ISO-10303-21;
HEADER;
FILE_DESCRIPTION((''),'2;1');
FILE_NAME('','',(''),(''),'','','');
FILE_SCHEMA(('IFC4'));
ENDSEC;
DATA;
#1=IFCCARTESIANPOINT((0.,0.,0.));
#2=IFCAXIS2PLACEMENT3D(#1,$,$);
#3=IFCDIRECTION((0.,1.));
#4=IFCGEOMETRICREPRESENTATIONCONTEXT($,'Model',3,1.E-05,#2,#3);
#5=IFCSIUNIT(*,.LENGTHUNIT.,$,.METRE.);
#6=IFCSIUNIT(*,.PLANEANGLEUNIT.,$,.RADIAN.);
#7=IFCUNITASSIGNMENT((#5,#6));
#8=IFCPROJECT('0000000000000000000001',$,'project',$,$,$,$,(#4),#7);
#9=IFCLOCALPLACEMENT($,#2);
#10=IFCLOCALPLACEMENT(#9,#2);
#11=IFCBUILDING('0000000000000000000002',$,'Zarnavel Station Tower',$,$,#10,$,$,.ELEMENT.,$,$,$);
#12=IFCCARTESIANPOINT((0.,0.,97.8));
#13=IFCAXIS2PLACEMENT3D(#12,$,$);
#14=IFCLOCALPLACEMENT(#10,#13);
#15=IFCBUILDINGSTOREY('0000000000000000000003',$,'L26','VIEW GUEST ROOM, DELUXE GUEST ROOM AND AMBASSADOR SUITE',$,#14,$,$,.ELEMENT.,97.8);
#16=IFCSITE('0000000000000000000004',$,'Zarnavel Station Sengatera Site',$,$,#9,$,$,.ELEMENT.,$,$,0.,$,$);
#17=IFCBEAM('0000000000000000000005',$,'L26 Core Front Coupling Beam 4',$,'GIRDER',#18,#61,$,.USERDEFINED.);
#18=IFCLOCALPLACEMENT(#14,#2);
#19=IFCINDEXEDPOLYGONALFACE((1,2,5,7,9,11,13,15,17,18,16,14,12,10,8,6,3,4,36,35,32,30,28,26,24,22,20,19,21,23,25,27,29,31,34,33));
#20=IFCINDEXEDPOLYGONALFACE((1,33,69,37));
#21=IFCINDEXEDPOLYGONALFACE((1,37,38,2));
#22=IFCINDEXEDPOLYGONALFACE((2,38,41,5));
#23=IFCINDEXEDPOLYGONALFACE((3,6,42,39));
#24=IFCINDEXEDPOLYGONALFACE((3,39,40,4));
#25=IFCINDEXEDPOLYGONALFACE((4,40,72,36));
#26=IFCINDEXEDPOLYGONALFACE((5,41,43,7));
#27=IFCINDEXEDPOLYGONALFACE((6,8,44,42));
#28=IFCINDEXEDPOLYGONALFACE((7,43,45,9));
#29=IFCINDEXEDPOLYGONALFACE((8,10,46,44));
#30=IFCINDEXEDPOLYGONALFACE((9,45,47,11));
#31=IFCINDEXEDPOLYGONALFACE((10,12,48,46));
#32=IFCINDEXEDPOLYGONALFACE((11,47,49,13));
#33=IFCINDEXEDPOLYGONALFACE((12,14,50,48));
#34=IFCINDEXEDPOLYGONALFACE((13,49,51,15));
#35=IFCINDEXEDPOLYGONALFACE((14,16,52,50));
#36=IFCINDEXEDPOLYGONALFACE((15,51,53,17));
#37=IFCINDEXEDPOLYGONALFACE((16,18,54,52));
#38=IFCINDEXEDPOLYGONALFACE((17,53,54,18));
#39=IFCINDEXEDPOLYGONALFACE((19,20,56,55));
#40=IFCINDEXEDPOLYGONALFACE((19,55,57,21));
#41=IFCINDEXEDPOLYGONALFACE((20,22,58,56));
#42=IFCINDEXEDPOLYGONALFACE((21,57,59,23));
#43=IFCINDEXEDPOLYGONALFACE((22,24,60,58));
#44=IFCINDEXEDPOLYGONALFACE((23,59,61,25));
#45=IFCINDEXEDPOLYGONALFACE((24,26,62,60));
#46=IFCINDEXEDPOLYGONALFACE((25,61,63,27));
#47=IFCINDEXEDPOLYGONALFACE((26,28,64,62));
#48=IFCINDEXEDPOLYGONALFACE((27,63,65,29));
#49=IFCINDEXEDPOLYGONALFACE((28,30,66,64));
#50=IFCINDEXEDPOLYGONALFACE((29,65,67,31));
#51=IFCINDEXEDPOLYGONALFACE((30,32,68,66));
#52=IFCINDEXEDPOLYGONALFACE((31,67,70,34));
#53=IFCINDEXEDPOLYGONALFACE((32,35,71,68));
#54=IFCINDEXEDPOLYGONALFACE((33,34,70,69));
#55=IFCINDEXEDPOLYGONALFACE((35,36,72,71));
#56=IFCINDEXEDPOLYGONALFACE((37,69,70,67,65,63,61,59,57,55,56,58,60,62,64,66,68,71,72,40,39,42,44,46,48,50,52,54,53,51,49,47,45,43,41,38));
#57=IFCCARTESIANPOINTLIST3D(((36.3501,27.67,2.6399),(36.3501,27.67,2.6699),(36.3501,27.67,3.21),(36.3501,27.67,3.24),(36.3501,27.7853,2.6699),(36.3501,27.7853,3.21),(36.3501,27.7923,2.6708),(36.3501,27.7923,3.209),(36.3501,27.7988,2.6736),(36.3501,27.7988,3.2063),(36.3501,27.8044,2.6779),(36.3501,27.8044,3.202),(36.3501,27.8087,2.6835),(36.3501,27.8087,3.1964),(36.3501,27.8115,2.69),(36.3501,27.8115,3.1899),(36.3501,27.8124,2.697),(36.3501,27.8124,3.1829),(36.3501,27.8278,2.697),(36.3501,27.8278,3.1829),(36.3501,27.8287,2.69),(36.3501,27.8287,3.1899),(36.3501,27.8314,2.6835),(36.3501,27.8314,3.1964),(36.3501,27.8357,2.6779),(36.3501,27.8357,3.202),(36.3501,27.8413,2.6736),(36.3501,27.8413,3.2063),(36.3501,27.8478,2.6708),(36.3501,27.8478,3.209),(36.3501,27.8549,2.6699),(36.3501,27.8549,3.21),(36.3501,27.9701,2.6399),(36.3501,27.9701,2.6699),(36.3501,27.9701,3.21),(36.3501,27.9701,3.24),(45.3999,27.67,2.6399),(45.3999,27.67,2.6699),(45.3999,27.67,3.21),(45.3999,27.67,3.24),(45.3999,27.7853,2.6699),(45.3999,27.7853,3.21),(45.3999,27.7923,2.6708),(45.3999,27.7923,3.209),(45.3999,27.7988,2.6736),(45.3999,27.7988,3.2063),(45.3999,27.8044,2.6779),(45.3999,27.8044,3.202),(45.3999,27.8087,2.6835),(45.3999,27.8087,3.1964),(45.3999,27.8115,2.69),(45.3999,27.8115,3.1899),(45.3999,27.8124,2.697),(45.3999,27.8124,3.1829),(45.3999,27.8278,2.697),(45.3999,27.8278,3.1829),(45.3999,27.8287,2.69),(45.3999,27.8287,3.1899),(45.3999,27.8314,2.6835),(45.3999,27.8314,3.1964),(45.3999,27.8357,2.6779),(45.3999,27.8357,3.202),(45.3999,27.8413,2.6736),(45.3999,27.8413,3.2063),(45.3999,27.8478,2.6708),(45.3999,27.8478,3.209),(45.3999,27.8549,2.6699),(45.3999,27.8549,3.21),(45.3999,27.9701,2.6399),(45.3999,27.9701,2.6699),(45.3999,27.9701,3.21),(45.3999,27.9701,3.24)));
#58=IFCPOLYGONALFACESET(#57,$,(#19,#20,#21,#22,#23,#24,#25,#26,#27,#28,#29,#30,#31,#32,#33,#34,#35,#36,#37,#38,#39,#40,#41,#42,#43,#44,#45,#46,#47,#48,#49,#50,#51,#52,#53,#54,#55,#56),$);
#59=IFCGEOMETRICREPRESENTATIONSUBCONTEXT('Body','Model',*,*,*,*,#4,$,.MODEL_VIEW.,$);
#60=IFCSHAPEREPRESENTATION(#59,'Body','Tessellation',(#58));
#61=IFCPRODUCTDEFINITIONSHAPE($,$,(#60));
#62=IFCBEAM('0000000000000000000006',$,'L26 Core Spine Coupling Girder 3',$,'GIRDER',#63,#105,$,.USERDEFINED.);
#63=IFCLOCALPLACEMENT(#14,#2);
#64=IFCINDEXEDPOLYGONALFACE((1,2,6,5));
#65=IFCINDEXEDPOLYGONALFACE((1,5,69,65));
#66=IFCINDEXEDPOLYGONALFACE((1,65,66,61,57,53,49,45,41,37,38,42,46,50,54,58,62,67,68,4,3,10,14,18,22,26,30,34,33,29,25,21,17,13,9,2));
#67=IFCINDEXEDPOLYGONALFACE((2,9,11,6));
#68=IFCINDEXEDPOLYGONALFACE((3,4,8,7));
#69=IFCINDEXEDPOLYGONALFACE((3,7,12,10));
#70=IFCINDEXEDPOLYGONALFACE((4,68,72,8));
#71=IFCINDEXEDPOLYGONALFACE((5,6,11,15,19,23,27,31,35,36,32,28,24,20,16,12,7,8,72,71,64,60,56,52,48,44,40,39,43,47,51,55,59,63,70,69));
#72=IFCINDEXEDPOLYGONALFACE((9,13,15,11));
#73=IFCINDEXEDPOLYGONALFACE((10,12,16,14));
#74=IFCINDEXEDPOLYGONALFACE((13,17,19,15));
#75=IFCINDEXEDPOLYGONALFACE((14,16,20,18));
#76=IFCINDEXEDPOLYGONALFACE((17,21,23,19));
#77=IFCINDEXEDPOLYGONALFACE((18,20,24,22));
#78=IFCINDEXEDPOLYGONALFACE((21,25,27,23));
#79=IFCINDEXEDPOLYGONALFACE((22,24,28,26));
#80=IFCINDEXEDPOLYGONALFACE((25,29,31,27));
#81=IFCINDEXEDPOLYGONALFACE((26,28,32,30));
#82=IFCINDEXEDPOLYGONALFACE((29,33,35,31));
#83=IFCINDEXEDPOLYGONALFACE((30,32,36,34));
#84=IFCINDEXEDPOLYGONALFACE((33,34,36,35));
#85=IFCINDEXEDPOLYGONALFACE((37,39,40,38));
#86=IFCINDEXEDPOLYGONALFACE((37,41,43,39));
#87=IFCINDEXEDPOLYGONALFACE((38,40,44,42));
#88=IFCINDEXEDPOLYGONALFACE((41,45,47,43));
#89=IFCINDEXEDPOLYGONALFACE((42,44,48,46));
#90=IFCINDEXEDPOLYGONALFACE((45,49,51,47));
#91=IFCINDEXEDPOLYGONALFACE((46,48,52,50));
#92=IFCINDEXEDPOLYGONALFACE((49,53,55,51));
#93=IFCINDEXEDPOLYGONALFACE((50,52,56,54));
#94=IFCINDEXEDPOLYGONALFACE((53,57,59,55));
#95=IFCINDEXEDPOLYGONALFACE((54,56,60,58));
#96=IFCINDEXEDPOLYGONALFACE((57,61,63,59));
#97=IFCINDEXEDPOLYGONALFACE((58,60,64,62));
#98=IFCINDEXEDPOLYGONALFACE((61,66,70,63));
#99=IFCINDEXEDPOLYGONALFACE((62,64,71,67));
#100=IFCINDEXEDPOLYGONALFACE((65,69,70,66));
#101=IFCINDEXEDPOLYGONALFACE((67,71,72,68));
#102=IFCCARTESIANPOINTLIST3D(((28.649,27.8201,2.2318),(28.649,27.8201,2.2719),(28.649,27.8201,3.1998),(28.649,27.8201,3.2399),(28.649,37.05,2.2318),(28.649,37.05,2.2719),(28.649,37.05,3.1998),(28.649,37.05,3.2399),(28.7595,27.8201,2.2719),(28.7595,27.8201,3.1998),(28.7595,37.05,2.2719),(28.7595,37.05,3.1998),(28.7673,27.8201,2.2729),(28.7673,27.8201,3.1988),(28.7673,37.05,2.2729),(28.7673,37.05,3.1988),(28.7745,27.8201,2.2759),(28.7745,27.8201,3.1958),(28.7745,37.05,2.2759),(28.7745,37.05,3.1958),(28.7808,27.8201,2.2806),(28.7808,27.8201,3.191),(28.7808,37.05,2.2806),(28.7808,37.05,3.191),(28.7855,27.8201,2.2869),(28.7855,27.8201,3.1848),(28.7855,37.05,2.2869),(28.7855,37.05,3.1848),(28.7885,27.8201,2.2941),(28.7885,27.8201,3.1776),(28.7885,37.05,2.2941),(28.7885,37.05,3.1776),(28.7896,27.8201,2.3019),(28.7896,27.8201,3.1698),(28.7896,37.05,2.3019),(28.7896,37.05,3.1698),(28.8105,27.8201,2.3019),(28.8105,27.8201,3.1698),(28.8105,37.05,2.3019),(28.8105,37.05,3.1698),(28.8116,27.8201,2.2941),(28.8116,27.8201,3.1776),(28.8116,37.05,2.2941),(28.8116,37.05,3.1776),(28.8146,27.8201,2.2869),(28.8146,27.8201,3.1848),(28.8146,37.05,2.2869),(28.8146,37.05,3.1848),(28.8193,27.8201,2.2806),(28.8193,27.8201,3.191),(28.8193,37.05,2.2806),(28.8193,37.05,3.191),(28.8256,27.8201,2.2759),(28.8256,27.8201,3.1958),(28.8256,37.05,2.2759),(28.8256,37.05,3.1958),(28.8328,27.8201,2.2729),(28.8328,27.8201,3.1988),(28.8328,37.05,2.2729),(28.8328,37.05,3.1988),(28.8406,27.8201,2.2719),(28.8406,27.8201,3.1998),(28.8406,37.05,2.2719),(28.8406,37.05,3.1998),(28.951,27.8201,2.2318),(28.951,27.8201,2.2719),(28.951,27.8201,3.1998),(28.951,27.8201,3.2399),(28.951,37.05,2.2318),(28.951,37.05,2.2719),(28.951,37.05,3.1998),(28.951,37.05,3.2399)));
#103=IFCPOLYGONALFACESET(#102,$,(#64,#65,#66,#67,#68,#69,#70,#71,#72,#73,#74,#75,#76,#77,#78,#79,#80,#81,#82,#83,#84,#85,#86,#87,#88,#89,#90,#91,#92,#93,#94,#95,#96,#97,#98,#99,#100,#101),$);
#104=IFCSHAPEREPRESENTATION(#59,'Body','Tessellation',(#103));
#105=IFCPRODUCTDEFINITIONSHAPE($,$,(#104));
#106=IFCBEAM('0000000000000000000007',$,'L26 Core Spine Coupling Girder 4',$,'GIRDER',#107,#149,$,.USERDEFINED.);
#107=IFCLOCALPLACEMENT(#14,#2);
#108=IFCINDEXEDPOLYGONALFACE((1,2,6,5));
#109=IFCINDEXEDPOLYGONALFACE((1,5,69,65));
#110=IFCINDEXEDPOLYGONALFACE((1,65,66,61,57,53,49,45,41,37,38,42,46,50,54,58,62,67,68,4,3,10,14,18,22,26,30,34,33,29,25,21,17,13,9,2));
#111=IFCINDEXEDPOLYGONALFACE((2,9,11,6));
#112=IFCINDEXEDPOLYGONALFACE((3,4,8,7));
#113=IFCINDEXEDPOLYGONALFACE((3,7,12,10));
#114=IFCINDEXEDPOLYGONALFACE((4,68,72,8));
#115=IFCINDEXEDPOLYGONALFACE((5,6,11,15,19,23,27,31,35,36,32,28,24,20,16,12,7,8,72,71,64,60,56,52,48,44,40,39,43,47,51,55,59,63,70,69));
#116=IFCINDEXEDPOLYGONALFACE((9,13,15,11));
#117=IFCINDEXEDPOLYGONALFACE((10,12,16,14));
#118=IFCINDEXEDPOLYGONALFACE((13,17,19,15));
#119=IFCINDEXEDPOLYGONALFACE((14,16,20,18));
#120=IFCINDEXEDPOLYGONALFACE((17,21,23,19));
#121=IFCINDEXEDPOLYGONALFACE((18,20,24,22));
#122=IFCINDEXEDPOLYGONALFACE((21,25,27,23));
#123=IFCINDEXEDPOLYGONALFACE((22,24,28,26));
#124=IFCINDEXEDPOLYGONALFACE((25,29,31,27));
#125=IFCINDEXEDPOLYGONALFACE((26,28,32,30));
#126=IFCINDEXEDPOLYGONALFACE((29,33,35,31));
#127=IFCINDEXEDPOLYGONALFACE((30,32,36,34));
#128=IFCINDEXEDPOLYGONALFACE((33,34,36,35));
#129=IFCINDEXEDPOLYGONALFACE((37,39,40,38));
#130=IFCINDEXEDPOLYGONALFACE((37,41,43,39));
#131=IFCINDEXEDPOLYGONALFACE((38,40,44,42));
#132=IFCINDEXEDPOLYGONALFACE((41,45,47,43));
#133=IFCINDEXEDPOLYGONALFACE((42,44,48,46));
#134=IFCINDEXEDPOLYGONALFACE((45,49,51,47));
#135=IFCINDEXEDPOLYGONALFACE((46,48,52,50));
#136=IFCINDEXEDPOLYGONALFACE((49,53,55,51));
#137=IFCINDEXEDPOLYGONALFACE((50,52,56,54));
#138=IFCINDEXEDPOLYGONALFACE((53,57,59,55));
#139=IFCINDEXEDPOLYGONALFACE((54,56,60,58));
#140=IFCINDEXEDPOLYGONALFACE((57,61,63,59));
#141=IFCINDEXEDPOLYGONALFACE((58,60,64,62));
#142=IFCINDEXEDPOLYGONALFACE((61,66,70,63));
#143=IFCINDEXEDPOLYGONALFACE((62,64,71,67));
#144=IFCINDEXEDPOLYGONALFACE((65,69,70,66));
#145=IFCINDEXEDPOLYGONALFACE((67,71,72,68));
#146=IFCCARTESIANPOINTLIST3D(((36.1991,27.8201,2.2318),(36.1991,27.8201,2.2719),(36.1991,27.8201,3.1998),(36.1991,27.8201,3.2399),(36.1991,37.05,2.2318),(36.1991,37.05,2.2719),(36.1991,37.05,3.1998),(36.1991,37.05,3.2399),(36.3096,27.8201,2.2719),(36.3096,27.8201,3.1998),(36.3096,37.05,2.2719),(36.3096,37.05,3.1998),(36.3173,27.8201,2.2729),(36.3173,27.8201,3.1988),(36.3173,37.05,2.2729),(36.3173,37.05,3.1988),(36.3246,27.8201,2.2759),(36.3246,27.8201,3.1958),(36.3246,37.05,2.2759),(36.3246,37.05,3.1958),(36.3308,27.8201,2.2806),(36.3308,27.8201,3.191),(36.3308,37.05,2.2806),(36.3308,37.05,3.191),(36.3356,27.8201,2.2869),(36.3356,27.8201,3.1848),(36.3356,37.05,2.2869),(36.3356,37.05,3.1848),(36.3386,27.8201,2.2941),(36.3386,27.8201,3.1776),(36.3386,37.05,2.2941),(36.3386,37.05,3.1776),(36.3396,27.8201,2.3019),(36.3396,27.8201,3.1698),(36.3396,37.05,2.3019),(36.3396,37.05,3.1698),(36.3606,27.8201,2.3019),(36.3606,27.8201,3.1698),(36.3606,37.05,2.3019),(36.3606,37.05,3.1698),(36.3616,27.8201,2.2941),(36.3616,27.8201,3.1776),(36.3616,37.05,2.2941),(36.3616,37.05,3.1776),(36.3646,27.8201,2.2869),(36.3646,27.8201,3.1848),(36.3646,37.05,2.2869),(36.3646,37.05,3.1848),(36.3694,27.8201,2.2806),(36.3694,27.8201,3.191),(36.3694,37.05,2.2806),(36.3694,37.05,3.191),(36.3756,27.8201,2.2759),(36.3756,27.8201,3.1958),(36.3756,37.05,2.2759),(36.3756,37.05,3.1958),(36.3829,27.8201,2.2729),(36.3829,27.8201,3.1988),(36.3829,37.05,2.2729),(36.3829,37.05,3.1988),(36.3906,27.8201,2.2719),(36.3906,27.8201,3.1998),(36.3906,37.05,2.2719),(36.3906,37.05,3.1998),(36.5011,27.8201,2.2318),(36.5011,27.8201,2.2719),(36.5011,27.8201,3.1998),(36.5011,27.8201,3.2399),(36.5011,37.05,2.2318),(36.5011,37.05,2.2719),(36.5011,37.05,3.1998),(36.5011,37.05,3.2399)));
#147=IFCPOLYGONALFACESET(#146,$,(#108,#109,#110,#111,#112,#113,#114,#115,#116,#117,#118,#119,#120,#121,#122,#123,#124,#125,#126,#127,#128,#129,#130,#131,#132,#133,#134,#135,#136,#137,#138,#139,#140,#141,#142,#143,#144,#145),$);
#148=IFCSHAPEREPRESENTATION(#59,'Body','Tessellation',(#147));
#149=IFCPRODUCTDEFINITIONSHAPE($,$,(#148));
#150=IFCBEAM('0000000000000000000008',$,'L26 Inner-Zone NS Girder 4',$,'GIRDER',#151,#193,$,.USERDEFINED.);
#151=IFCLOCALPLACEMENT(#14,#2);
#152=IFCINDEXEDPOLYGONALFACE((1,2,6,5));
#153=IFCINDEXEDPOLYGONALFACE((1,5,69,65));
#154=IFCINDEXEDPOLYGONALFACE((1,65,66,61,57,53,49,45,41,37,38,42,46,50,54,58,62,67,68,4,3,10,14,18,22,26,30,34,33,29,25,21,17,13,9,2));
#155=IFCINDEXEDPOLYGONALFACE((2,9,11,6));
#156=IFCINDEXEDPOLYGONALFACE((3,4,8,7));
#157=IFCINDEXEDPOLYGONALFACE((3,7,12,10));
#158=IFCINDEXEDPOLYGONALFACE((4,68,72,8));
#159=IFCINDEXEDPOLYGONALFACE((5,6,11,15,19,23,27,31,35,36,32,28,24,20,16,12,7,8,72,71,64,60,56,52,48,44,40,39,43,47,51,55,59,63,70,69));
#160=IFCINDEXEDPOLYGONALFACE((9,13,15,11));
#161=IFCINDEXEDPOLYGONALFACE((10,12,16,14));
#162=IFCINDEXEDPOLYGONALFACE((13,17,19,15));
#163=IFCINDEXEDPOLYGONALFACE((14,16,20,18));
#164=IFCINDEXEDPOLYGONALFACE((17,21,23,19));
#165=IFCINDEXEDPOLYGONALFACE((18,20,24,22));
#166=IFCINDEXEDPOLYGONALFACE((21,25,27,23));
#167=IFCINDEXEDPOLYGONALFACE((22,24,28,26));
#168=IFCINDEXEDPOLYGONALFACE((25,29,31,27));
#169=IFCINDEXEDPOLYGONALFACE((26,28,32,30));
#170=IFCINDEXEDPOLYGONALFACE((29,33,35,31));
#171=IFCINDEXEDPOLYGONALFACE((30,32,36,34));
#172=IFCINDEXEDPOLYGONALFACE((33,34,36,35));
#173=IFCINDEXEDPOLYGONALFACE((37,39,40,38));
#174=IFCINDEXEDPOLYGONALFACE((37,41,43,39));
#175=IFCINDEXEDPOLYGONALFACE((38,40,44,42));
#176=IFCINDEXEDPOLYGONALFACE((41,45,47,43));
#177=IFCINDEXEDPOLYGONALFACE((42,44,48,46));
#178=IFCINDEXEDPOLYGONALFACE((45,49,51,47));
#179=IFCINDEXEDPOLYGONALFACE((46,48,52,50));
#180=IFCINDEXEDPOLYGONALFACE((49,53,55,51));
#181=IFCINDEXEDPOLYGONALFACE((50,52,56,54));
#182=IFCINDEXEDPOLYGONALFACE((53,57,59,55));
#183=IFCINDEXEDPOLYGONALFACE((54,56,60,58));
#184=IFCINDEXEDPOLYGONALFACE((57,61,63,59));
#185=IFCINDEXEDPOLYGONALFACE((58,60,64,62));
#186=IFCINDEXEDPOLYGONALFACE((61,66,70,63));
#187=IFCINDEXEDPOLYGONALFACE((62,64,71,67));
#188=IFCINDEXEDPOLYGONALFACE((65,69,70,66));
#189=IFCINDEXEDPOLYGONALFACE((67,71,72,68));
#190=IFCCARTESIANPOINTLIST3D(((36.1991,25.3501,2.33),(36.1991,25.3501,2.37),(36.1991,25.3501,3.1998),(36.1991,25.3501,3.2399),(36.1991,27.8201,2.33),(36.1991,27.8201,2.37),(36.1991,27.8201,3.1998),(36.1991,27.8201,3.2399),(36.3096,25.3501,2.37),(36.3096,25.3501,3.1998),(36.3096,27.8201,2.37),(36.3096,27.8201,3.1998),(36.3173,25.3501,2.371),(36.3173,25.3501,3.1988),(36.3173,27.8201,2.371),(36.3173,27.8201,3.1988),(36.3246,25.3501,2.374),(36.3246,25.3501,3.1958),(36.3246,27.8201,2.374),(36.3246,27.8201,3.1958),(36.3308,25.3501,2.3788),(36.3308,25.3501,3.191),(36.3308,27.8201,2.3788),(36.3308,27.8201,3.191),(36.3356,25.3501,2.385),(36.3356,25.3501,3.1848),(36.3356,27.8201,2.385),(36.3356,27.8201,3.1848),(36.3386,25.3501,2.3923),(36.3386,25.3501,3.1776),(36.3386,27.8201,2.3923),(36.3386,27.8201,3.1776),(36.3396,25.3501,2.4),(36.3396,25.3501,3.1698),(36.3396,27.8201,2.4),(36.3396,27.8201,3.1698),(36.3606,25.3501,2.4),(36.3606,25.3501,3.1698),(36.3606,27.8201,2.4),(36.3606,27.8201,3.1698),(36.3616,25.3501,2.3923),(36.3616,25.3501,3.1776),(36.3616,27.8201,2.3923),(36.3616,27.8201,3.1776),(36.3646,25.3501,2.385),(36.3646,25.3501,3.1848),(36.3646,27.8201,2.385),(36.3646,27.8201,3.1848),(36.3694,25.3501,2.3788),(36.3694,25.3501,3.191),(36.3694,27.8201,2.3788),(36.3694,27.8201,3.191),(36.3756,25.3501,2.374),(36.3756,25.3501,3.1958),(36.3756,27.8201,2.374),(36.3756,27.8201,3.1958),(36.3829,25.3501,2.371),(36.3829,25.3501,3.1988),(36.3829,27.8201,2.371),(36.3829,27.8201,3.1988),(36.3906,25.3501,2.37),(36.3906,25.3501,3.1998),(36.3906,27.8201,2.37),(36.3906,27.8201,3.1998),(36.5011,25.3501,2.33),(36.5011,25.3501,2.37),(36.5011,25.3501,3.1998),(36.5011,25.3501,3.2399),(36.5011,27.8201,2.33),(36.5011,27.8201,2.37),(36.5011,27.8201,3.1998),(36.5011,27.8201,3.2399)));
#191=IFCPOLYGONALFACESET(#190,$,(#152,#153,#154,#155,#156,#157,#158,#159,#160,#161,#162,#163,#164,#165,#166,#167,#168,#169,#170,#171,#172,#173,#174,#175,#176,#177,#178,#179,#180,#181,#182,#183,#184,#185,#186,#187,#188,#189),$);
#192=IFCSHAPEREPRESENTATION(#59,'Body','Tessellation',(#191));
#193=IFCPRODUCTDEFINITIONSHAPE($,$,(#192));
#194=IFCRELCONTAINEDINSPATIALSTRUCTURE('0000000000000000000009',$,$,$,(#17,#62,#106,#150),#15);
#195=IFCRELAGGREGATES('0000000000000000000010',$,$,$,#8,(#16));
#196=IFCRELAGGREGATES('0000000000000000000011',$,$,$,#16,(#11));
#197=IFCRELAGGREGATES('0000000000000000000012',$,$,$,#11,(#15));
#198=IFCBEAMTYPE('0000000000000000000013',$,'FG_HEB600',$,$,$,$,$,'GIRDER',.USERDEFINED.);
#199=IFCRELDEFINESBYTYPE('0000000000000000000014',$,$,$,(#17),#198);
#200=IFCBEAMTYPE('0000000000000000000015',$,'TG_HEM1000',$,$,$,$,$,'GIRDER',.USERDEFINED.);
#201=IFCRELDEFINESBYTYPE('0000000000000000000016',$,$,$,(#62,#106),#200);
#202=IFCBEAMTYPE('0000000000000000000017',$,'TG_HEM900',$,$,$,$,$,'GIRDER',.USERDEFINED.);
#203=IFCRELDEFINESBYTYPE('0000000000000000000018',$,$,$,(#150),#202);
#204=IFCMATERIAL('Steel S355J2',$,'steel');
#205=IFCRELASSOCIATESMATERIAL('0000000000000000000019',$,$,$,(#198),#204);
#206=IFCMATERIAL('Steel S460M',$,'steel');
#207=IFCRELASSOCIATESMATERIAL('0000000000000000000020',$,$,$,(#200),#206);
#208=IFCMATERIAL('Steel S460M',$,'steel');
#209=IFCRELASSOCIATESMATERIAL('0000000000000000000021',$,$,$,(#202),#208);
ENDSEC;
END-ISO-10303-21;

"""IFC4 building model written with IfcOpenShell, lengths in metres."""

from ifc_helpers import new_model, si_unit, direction, frame, origin, origin_2d, place, context, subcontext, project, spatial, i_section, extrude, material, material_profile, profile_set, type_object, element, save


model = new_model("IFC4")

# Units and contexts
model_context = context("Model", 3, precision=1e-05, world=origin(), true_north=direction((0.0, 1.0)))
body_context = subcontext(model_context, "Body", "Model", "MODEL_VIEW")
ifc_project = project(units=[si_unit("LENGTHUNIT", "METRE"), si_unit("PLANEANGLEUNIT", "RADIAN")], contexts=[model_context])

# Site, building, storey
site_placement = place(None, origin())
site = spatial("IfcSite", under=ifc_project, at=site_placement, Name="Zarnavel Station Sengatera Site", CompositionType="ELEMENT", RefElevation=0.0)
building_placement = place(site_placement, origin())
building = spatial("IfcBuilding", under=site, at=building_placement, Name="Zarnavel Station Tower", CompositionType="ELEMENT")
storey_placement = place(building_placement, frame((0.0, 0.0, 97.8)))
storey = spatial("IfcBuildingStorey", under=building, at=storey_placement, Name="L26", Description="VIEW GUEST ROOM, DELUXE GUEST ROOM AND AMBASSADOR SUITE", CompositionType="ELEMENT", Elevation=97.8)

# Beams
ifc_material_1 = material(Name="Steel S355J2", Category="steel")
ifc_material_profile_1 = material_profile(ifc_material_1, i_section(OverallWidth=0.3, OverallDepth=0.6001, WebThickness=0.0154, FlangeThickness=0.03, FilletRadius=0.0271, at=origin_2d()), Name="HEB600")
ifc_profile_set_1 = profile_set([ifc_material_profile_1], Name="Steel S355J2")
beam_type_1 = type_object("IfcBeamType", Name="FG_HEB600", ElementType="GIRDER", PredefinedType="USERDEFINED", material=ifc_profile_set_1)
beam_1_placement = place(storey_placement, frame((36.3501, 27.8201, 2.9399), z_axis=(1.0, 0.0, 0.0), x_axis=(0.0, 1.0, 0.0)))
element("IfcBeam", 1, at=beam_1_placement, inside=storey, type_object=beam_type_1, Name="L26 Core Front Coupling Beam 4", ObjectType="GIRDER", PredefinedType="USERDEFINED", context=body_context, shape_type="SweptSolid", body=[
    extrude(i_section(OverallWidth=0.3, OverallDepth=0.6001, WebThickness=0.0154, FlangeThickness=0.03, FilletRadius=0.0271, at=origin_2d()), origin(), (0.0, 0.0, 1.0), 9.0498),
])
ifc_material_2 = material(Name="Steel S460M", Category="steel")
ifc_material_profile_2 = material_profile(ifc_material_2, i_section(OverallWidth=0.302, OverallDepth=1.0081, WebThickness=0.021, FlangeThickness=0.04, FilletRadius=0.03, at=origin_2d()), Name="HEM1000")
ifc_profile_set_2 = profile_set([ifc_material_profile_2], Name="Steel S460M")
beam_type_2 = type_object("IfcBeamType", Name="TG_HEM1000", ElementType="GIRDER", PredefinedType="USERDEFINED", material=ifc_profile_set_2)
for number, where, z_axis, x_axis, name in (
    (2, (28.8, 27.8201, 2.7358), (0.0, 1.0, 0.0), (-1.0, 0.0, 0.0), "L26 Core Spine Coupling Girder 3"),
    (3, (36.3501, 27.8201, 2.7358), (0.0, 1.0, 0.0), (-1.0, 0.0, 0.0), "L26 Core Spine Coupling Girder 4"),
):
    element("IfcBeam", number, at=place(storey_placement, frame(where, z_axis=z_axis, x_axis=x_axis)), inside=storey, type_object=beam_type_2, Name=name, ObjectType="GIRDER", PredefinedType="USERDEFINED", context=body_context, shape_type="SweptSolid", body=[
        extrude(i_section(OverallWidth=0.302, OverallDepth=1.0081, WebThickness=0.021, FlangeThickness=0.04, FilletRadius=0.03, at=origin_2d()), origin(), (0.0, 0.0, 1.0), 9.23),
    ])
ifc_material_3 = material(Name="Steel S460M", Category="steel")
ifc_material_profile_3 = material_profile(ifc_material_3, i_section(OverallWidth=0.302, OverallDepth=0.9099, WebThickness=0.021, FlangeThickness=0.04, FilletRadius=0.03, at=origin_2d()), Name="HEM900")
ifc_profile_set_3 = profile_set([ifc_material_profile_3], Name="Steel S460M")
beam_type_3 = type_object("IfcBeamType", Name="TG_HEM900", ElementType="GIRDER", PredefinedType="USERDEFINED", material=ifc_profile_set_3)
beam_2_placement = place(storey_placement, frame((36.3501, 25.3501, 2.7849), z_axis=(0.0, 1.0, 0.0), x_axis=(-1.0, 0.0, 0.0)))
element("IfcBeam", 4, at=beam_2_placement, inside=storey, type_object=beam_type_3, Name="L26 Inner-Zone NS Girder 4", ObjectType="GIRDER", PredefinedType="USERDEFINED", context=body_context, shape_type="SweptSolid", body=[
    extrude(i_section(OverallWidth=0.302, OverallDepth=0.9099, WebThickness=0.021, FlangeThickness=0.04, FilletRadius=0.03, at=origin_2d()), origin(), (0.0, 0.0, 1.0), 2.47),
])

save(model, "model.ifc")
